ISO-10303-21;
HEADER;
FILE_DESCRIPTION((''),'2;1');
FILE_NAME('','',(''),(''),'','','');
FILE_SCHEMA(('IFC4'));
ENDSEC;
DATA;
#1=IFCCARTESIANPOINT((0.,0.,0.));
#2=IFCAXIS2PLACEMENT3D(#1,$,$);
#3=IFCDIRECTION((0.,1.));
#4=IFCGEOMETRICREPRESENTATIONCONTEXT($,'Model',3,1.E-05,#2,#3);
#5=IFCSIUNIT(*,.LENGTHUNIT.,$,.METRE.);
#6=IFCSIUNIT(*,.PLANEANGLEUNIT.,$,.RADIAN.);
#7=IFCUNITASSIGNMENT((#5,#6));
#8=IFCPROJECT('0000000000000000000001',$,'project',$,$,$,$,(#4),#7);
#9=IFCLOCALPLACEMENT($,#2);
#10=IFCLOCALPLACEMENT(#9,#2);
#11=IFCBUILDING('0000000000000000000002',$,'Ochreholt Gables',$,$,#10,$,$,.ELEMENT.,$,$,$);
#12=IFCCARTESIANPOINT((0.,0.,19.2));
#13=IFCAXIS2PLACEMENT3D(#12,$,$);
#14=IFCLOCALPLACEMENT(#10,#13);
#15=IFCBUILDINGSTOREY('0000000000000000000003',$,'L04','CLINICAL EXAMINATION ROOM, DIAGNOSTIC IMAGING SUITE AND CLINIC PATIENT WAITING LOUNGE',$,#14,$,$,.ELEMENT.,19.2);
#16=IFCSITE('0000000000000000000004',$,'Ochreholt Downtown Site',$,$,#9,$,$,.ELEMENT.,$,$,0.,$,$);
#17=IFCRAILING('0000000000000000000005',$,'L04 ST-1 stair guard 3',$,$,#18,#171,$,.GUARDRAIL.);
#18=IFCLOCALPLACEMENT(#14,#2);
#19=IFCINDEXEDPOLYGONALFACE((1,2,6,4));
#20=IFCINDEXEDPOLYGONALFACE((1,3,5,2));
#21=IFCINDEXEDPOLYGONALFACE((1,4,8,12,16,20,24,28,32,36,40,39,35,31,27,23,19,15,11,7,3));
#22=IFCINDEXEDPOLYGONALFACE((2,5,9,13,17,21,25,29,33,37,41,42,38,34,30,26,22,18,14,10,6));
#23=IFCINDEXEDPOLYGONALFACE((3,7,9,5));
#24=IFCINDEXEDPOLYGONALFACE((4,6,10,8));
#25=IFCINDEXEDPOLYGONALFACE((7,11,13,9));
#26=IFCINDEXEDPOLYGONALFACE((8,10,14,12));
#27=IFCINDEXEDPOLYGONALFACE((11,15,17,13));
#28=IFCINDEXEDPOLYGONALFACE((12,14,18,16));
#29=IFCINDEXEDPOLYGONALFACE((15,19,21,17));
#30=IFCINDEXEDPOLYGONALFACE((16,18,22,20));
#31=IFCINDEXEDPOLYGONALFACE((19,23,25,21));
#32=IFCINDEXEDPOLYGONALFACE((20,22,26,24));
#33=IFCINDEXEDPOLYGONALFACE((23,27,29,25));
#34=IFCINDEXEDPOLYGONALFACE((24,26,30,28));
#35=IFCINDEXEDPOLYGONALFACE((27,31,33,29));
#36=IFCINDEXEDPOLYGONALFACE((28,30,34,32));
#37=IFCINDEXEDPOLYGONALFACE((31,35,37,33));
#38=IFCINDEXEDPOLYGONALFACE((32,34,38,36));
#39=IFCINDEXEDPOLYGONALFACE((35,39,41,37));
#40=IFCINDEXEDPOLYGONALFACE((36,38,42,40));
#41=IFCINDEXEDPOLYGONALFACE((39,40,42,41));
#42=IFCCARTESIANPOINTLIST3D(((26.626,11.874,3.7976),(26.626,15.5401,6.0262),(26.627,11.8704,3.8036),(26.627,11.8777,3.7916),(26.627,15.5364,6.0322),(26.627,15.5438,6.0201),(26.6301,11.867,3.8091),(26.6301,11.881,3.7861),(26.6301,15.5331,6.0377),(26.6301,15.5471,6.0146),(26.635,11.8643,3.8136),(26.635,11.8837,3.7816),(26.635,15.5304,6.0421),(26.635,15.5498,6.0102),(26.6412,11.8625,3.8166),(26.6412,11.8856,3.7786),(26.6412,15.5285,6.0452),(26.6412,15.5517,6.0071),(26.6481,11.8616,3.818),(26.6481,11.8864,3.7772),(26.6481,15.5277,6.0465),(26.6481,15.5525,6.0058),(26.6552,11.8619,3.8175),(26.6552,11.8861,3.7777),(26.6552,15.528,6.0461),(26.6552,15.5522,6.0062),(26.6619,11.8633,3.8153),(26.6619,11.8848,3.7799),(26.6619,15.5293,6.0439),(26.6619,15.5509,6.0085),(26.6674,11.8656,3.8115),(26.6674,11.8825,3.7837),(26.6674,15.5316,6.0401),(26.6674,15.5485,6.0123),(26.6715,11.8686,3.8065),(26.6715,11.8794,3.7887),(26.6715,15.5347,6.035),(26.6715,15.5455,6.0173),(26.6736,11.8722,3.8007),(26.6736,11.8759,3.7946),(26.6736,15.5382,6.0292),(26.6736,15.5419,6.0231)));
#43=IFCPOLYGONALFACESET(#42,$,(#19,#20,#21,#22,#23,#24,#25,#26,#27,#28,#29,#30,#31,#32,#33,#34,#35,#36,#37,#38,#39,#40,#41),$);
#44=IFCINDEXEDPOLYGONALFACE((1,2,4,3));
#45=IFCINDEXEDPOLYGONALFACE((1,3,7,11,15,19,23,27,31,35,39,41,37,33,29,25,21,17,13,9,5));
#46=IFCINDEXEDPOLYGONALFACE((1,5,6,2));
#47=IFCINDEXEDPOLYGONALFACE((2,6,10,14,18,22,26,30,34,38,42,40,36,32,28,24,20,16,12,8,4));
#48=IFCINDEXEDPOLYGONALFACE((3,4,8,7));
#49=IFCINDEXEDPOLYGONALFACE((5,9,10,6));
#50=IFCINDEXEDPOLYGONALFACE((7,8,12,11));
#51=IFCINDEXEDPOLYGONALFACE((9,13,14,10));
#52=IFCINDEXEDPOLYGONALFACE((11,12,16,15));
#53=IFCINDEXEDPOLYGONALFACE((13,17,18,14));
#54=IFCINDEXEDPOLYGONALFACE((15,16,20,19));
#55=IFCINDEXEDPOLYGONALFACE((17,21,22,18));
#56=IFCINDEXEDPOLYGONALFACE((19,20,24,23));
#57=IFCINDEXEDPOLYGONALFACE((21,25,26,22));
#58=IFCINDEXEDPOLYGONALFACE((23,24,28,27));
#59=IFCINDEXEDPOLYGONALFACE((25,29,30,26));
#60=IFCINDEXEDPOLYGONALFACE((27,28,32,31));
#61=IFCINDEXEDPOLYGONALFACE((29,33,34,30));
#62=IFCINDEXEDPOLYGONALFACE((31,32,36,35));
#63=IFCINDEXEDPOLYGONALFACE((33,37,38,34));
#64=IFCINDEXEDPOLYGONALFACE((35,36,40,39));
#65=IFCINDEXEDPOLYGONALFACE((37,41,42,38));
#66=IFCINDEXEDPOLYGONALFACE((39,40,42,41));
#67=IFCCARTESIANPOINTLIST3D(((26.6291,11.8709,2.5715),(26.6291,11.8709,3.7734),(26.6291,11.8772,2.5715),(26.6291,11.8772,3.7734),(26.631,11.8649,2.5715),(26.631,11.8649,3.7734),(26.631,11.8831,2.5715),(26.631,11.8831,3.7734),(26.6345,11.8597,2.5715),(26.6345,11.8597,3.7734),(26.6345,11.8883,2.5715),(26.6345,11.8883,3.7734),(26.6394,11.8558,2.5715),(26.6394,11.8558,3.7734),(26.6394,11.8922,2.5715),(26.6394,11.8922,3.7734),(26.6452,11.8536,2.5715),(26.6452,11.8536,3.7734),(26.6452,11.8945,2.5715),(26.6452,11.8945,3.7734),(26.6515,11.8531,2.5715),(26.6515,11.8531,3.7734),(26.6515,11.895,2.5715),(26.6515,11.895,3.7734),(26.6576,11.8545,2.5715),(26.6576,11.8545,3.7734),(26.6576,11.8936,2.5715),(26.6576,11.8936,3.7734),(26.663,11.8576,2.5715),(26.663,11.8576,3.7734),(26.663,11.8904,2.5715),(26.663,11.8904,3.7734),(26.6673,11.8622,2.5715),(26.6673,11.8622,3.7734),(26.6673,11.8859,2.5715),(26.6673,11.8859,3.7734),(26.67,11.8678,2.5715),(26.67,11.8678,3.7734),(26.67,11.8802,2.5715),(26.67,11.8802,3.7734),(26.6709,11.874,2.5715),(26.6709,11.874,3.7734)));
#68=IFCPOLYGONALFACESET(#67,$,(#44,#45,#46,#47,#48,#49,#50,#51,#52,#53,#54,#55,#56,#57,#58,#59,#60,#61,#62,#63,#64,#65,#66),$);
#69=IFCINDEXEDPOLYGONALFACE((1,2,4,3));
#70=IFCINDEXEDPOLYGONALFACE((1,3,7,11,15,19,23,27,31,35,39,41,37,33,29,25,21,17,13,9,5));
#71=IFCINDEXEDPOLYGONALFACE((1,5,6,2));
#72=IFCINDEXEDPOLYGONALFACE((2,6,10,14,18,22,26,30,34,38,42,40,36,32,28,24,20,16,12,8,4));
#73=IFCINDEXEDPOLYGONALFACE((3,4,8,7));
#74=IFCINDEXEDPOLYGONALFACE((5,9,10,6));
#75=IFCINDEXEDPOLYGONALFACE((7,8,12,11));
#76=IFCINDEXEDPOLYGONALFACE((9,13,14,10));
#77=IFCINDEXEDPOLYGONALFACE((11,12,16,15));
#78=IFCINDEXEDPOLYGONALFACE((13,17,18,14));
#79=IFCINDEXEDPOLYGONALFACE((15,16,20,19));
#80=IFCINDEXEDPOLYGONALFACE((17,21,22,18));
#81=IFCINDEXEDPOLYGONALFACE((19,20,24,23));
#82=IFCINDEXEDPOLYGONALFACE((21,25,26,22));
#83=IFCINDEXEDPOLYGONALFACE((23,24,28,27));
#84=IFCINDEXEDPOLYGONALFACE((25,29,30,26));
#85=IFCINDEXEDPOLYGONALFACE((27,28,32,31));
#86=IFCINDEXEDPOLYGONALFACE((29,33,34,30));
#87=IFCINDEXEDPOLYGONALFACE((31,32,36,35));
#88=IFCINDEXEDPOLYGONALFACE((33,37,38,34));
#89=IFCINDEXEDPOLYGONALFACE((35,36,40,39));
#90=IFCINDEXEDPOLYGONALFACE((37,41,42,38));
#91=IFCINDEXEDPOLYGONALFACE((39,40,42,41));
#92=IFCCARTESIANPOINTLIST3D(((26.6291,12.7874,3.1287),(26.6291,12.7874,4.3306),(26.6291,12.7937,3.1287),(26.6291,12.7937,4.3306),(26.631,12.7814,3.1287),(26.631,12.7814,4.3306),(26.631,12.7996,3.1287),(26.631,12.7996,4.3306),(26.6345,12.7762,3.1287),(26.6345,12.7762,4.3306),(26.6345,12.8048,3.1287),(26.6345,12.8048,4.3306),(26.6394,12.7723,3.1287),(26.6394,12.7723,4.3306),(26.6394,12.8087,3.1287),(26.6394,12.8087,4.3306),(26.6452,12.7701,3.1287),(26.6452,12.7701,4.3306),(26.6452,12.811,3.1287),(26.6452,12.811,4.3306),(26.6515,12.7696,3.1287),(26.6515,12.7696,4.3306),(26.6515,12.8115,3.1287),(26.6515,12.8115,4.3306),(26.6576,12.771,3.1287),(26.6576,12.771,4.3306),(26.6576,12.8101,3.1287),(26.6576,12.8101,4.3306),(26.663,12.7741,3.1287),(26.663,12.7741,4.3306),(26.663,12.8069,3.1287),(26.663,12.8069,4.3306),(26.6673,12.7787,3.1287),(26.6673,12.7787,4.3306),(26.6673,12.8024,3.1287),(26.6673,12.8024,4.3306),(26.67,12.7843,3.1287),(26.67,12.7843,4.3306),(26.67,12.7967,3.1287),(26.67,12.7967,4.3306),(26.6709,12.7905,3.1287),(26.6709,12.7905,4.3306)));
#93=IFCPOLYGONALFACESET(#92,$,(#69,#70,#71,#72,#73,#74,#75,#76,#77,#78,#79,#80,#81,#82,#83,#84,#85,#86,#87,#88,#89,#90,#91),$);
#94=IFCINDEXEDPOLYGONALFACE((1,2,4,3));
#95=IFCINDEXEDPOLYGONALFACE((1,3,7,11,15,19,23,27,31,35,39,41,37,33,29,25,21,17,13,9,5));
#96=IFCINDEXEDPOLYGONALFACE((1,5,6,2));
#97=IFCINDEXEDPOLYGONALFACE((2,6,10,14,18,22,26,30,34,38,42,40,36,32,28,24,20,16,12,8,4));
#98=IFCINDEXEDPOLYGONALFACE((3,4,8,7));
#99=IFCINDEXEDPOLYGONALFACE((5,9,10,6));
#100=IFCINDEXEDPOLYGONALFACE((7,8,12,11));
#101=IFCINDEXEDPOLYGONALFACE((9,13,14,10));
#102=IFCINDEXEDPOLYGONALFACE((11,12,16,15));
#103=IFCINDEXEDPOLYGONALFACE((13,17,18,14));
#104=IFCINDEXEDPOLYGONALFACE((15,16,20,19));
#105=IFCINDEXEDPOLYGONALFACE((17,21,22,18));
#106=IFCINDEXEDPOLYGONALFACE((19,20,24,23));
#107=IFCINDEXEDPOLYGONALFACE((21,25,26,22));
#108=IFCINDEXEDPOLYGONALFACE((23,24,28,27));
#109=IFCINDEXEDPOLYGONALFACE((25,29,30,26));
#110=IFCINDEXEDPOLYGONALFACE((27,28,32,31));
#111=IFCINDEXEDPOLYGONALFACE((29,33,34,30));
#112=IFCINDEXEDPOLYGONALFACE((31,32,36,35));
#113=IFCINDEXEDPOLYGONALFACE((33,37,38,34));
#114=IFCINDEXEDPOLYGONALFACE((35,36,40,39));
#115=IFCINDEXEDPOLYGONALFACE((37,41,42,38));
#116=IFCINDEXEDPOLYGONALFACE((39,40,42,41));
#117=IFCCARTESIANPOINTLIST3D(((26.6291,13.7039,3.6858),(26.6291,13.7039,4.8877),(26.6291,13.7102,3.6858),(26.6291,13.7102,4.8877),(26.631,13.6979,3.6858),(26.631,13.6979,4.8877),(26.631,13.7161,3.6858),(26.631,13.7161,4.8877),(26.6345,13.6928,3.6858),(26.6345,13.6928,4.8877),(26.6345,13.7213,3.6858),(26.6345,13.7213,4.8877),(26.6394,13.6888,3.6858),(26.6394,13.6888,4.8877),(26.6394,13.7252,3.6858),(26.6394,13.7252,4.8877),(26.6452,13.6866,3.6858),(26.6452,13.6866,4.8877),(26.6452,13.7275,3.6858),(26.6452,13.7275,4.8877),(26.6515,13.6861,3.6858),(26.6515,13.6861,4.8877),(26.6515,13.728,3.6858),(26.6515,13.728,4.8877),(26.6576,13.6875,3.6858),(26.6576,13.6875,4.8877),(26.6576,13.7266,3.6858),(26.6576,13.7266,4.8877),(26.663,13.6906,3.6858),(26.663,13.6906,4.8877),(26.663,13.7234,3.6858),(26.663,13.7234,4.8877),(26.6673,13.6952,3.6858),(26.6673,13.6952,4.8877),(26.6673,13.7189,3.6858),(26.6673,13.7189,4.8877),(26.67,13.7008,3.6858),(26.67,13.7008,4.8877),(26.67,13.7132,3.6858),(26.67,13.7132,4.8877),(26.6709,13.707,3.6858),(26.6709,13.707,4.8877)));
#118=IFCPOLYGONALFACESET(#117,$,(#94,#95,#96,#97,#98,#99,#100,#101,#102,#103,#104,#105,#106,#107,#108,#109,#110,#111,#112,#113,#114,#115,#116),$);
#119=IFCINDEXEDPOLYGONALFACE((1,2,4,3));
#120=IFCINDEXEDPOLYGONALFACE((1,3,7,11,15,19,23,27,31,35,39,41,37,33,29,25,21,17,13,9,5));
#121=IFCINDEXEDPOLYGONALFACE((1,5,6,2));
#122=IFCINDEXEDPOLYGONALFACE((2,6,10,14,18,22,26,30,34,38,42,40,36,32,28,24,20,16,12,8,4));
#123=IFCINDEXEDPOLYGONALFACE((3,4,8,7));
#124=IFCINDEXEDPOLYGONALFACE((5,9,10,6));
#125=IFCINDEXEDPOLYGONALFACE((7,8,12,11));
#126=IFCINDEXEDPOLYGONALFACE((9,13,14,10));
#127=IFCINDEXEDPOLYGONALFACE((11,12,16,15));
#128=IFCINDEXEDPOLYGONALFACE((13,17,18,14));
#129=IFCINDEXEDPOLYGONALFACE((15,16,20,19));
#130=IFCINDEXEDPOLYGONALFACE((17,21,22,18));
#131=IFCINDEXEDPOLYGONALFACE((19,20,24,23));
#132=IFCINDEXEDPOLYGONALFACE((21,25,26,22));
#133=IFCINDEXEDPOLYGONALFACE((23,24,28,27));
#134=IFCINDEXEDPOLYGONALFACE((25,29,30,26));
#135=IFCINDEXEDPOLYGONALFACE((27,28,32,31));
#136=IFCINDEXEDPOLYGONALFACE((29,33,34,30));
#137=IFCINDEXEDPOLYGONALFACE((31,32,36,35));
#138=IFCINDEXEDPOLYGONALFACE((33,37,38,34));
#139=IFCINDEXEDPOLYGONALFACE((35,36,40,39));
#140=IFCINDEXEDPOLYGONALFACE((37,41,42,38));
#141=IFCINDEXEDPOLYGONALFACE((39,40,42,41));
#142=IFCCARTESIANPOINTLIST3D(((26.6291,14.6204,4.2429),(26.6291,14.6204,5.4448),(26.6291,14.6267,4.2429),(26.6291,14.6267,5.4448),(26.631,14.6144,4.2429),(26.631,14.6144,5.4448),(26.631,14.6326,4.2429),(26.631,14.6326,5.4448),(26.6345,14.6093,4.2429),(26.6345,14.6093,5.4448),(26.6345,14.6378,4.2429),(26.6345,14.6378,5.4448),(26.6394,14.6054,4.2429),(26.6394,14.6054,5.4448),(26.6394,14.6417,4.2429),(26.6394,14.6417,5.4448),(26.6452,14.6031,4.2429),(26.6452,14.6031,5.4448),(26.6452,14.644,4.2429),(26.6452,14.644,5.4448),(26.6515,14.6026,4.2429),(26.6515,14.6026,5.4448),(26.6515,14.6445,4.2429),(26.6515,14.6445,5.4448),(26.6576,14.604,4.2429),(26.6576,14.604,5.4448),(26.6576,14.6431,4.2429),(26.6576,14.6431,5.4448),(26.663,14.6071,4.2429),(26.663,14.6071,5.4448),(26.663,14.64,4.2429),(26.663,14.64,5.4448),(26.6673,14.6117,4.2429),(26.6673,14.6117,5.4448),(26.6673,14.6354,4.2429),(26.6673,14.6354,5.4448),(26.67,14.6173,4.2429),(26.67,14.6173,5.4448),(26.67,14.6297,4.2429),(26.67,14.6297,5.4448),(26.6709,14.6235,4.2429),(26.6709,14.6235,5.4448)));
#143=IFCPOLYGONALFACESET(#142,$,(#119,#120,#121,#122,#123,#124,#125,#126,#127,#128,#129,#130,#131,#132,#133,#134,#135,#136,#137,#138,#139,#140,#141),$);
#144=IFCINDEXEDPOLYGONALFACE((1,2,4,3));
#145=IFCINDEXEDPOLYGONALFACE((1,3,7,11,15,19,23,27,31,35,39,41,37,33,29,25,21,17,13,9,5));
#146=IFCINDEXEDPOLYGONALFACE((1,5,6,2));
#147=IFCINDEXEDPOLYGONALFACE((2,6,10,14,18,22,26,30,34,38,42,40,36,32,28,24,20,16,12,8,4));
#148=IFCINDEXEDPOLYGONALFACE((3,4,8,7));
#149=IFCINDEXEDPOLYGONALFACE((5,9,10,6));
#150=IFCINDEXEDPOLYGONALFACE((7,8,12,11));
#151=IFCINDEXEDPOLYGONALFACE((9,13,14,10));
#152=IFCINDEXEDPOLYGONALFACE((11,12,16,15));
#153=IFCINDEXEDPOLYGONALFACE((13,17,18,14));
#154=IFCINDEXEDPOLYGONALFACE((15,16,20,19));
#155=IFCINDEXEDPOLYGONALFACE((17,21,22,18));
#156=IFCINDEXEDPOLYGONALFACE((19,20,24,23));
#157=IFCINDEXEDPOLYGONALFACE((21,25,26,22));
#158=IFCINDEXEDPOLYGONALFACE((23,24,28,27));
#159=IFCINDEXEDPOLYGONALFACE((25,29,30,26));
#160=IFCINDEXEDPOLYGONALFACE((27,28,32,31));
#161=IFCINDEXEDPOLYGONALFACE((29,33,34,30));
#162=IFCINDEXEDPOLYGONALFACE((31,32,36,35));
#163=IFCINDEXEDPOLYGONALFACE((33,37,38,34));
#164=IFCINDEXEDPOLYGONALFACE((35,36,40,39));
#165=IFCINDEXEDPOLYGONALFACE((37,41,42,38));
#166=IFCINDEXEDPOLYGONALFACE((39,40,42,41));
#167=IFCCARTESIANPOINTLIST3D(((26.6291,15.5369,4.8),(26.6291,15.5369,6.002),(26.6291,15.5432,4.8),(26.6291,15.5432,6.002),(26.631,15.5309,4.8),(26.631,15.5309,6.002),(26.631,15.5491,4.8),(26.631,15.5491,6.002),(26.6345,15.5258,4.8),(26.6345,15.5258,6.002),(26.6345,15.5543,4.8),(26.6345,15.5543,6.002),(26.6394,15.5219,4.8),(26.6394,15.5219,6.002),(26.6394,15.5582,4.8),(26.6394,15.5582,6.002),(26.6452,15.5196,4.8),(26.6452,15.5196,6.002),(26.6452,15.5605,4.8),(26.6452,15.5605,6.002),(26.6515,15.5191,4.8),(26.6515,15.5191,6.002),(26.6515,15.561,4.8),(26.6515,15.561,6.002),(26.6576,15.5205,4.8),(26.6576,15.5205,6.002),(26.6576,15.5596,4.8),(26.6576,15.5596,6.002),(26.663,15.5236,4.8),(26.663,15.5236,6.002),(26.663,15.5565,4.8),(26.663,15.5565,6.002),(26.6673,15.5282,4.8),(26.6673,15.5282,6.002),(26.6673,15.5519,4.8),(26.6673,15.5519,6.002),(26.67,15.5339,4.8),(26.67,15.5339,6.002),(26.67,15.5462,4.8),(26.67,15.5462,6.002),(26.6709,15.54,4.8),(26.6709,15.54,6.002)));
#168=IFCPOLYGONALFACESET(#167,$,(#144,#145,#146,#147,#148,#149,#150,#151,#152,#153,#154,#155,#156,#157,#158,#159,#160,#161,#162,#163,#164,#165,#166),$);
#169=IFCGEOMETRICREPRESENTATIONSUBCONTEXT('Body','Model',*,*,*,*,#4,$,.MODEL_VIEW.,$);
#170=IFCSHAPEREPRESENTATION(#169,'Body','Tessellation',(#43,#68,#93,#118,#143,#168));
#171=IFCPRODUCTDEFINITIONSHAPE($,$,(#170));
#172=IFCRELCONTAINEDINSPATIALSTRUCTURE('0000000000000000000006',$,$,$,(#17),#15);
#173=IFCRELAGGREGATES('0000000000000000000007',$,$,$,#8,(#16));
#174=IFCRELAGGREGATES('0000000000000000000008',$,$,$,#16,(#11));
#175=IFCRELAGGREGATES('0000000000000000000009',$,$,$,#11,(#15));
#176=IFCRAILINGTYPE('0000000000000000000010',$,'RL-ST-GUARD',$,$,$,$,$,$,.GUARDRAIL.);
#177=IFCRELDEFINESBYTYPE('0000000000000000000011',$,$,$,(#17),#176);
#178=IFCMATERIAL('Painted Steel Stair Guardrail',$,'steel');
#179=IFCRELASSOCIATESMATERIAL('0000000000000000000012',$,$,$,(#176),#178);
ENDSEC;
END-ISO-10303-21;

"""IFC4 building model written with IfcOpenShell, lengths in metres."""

from ifc_helpers import new_model, si_unit, direction, frame, origin, origin_2d, place, context, subcontext, project, spatial, circle, extrude, material, type_object, element, save


model = new_model("IFC4")

# Units and contexts
model_context = context("Model", 3, precision=1e-05, world=origin(), true_north=direction((0.0, 1.0)))
body_context = subcontext(model_context, "Body", "Model", "MODEL_VIEW")
ifc_project = project(units=[si_unit("LENGTHUNIT", "METRE"), si_unit("PLANEANGLEUNIT", "RADIAN")], contexts=[model_context])

# Site, building, storey
site_placement = place(None, origin())
site = spatial("IfcSite", under=ifc_project, at=site_placement, Name="Ochreholt Downtown Site", CompositionType="ELEMENT", RefElevation=0.0)
building_placement = place(site_placement, origin())
building = spatial("IfcBuilding", under=site, at=building_placement, Name="Ochreholt Gables", CompositionType="ELEMENT")
storey_placement = place(building_placement, frame((0.0, 0.0, 19.2)))
storey = spatial("IfcBuildingStorey", under=building, at=storey_placement, Name="L04", Description="CLINICAL EXAMINATION ROOM, DIAGNOSTIC IMAGING SUITE AND CLINIC PATIENT WAITING LOUNGE", CompositionType="ELEMENT", Elevation=19.2)

# Railing
ifc_material_1 = material(Name="Painted Steel Stair Guardrail", Category="steel")
railing_type_1 = type_object("IfcRailingType", Name="RL-ST-GUARD", PredefinedType="GUARDRAIL", material=ifc_material_1)
railing_1_placement = place(storey_placement, frame((26.6499, 11.874, 2.5715)))
element("IfcRailing", 1, at=railing_1_placement, inside=storey, type_object=railing_type_1, Name="L04 ST-1 stair guard 3", PredefinedType="GUARDRAIL", context=body_context, shape_type="SweptSolid", body=[
    extrude(circle(Radius=0.0239, at=origin_2d()), frame((0.0, 0.0, 1.2261), z_axis=(0.0, 0.854506, 0.519441), x_axis=(-1.0, 0.0, 0.0)), (0.0, 0.0, 1.0), 4.2903),
    extrude(circle(Radius=0.021, at=origin_2d()), origin(), (0.0, 0.0, 1.0), 1.2019),
    extrude(circle(Radius=0.021, at=origin_2d()), frame((0.0, 0.9165, 0.5571)), (0.0, 0.0, 1.0), 1.2019),
    extrude(circle(Radius=0.021, at=origin_2d()), frame((0.0, 1.833, 1.1143)), (0.0, 0.0, 1.0), 1.2019),
    extrude(circle(Radius=0.021, at=origin_2d()), frame((0.0, 2.7495, 1.6714)), (0.0, 0.0, 1.0), 1.2019),
    extrude(circle(Radius=0.021, at=origin_2d()), frame((0.0, 3.666, 2.2285)), (0.0, 0.0, 1.0), 1.2019),
])

save(model, "model.ifc")
